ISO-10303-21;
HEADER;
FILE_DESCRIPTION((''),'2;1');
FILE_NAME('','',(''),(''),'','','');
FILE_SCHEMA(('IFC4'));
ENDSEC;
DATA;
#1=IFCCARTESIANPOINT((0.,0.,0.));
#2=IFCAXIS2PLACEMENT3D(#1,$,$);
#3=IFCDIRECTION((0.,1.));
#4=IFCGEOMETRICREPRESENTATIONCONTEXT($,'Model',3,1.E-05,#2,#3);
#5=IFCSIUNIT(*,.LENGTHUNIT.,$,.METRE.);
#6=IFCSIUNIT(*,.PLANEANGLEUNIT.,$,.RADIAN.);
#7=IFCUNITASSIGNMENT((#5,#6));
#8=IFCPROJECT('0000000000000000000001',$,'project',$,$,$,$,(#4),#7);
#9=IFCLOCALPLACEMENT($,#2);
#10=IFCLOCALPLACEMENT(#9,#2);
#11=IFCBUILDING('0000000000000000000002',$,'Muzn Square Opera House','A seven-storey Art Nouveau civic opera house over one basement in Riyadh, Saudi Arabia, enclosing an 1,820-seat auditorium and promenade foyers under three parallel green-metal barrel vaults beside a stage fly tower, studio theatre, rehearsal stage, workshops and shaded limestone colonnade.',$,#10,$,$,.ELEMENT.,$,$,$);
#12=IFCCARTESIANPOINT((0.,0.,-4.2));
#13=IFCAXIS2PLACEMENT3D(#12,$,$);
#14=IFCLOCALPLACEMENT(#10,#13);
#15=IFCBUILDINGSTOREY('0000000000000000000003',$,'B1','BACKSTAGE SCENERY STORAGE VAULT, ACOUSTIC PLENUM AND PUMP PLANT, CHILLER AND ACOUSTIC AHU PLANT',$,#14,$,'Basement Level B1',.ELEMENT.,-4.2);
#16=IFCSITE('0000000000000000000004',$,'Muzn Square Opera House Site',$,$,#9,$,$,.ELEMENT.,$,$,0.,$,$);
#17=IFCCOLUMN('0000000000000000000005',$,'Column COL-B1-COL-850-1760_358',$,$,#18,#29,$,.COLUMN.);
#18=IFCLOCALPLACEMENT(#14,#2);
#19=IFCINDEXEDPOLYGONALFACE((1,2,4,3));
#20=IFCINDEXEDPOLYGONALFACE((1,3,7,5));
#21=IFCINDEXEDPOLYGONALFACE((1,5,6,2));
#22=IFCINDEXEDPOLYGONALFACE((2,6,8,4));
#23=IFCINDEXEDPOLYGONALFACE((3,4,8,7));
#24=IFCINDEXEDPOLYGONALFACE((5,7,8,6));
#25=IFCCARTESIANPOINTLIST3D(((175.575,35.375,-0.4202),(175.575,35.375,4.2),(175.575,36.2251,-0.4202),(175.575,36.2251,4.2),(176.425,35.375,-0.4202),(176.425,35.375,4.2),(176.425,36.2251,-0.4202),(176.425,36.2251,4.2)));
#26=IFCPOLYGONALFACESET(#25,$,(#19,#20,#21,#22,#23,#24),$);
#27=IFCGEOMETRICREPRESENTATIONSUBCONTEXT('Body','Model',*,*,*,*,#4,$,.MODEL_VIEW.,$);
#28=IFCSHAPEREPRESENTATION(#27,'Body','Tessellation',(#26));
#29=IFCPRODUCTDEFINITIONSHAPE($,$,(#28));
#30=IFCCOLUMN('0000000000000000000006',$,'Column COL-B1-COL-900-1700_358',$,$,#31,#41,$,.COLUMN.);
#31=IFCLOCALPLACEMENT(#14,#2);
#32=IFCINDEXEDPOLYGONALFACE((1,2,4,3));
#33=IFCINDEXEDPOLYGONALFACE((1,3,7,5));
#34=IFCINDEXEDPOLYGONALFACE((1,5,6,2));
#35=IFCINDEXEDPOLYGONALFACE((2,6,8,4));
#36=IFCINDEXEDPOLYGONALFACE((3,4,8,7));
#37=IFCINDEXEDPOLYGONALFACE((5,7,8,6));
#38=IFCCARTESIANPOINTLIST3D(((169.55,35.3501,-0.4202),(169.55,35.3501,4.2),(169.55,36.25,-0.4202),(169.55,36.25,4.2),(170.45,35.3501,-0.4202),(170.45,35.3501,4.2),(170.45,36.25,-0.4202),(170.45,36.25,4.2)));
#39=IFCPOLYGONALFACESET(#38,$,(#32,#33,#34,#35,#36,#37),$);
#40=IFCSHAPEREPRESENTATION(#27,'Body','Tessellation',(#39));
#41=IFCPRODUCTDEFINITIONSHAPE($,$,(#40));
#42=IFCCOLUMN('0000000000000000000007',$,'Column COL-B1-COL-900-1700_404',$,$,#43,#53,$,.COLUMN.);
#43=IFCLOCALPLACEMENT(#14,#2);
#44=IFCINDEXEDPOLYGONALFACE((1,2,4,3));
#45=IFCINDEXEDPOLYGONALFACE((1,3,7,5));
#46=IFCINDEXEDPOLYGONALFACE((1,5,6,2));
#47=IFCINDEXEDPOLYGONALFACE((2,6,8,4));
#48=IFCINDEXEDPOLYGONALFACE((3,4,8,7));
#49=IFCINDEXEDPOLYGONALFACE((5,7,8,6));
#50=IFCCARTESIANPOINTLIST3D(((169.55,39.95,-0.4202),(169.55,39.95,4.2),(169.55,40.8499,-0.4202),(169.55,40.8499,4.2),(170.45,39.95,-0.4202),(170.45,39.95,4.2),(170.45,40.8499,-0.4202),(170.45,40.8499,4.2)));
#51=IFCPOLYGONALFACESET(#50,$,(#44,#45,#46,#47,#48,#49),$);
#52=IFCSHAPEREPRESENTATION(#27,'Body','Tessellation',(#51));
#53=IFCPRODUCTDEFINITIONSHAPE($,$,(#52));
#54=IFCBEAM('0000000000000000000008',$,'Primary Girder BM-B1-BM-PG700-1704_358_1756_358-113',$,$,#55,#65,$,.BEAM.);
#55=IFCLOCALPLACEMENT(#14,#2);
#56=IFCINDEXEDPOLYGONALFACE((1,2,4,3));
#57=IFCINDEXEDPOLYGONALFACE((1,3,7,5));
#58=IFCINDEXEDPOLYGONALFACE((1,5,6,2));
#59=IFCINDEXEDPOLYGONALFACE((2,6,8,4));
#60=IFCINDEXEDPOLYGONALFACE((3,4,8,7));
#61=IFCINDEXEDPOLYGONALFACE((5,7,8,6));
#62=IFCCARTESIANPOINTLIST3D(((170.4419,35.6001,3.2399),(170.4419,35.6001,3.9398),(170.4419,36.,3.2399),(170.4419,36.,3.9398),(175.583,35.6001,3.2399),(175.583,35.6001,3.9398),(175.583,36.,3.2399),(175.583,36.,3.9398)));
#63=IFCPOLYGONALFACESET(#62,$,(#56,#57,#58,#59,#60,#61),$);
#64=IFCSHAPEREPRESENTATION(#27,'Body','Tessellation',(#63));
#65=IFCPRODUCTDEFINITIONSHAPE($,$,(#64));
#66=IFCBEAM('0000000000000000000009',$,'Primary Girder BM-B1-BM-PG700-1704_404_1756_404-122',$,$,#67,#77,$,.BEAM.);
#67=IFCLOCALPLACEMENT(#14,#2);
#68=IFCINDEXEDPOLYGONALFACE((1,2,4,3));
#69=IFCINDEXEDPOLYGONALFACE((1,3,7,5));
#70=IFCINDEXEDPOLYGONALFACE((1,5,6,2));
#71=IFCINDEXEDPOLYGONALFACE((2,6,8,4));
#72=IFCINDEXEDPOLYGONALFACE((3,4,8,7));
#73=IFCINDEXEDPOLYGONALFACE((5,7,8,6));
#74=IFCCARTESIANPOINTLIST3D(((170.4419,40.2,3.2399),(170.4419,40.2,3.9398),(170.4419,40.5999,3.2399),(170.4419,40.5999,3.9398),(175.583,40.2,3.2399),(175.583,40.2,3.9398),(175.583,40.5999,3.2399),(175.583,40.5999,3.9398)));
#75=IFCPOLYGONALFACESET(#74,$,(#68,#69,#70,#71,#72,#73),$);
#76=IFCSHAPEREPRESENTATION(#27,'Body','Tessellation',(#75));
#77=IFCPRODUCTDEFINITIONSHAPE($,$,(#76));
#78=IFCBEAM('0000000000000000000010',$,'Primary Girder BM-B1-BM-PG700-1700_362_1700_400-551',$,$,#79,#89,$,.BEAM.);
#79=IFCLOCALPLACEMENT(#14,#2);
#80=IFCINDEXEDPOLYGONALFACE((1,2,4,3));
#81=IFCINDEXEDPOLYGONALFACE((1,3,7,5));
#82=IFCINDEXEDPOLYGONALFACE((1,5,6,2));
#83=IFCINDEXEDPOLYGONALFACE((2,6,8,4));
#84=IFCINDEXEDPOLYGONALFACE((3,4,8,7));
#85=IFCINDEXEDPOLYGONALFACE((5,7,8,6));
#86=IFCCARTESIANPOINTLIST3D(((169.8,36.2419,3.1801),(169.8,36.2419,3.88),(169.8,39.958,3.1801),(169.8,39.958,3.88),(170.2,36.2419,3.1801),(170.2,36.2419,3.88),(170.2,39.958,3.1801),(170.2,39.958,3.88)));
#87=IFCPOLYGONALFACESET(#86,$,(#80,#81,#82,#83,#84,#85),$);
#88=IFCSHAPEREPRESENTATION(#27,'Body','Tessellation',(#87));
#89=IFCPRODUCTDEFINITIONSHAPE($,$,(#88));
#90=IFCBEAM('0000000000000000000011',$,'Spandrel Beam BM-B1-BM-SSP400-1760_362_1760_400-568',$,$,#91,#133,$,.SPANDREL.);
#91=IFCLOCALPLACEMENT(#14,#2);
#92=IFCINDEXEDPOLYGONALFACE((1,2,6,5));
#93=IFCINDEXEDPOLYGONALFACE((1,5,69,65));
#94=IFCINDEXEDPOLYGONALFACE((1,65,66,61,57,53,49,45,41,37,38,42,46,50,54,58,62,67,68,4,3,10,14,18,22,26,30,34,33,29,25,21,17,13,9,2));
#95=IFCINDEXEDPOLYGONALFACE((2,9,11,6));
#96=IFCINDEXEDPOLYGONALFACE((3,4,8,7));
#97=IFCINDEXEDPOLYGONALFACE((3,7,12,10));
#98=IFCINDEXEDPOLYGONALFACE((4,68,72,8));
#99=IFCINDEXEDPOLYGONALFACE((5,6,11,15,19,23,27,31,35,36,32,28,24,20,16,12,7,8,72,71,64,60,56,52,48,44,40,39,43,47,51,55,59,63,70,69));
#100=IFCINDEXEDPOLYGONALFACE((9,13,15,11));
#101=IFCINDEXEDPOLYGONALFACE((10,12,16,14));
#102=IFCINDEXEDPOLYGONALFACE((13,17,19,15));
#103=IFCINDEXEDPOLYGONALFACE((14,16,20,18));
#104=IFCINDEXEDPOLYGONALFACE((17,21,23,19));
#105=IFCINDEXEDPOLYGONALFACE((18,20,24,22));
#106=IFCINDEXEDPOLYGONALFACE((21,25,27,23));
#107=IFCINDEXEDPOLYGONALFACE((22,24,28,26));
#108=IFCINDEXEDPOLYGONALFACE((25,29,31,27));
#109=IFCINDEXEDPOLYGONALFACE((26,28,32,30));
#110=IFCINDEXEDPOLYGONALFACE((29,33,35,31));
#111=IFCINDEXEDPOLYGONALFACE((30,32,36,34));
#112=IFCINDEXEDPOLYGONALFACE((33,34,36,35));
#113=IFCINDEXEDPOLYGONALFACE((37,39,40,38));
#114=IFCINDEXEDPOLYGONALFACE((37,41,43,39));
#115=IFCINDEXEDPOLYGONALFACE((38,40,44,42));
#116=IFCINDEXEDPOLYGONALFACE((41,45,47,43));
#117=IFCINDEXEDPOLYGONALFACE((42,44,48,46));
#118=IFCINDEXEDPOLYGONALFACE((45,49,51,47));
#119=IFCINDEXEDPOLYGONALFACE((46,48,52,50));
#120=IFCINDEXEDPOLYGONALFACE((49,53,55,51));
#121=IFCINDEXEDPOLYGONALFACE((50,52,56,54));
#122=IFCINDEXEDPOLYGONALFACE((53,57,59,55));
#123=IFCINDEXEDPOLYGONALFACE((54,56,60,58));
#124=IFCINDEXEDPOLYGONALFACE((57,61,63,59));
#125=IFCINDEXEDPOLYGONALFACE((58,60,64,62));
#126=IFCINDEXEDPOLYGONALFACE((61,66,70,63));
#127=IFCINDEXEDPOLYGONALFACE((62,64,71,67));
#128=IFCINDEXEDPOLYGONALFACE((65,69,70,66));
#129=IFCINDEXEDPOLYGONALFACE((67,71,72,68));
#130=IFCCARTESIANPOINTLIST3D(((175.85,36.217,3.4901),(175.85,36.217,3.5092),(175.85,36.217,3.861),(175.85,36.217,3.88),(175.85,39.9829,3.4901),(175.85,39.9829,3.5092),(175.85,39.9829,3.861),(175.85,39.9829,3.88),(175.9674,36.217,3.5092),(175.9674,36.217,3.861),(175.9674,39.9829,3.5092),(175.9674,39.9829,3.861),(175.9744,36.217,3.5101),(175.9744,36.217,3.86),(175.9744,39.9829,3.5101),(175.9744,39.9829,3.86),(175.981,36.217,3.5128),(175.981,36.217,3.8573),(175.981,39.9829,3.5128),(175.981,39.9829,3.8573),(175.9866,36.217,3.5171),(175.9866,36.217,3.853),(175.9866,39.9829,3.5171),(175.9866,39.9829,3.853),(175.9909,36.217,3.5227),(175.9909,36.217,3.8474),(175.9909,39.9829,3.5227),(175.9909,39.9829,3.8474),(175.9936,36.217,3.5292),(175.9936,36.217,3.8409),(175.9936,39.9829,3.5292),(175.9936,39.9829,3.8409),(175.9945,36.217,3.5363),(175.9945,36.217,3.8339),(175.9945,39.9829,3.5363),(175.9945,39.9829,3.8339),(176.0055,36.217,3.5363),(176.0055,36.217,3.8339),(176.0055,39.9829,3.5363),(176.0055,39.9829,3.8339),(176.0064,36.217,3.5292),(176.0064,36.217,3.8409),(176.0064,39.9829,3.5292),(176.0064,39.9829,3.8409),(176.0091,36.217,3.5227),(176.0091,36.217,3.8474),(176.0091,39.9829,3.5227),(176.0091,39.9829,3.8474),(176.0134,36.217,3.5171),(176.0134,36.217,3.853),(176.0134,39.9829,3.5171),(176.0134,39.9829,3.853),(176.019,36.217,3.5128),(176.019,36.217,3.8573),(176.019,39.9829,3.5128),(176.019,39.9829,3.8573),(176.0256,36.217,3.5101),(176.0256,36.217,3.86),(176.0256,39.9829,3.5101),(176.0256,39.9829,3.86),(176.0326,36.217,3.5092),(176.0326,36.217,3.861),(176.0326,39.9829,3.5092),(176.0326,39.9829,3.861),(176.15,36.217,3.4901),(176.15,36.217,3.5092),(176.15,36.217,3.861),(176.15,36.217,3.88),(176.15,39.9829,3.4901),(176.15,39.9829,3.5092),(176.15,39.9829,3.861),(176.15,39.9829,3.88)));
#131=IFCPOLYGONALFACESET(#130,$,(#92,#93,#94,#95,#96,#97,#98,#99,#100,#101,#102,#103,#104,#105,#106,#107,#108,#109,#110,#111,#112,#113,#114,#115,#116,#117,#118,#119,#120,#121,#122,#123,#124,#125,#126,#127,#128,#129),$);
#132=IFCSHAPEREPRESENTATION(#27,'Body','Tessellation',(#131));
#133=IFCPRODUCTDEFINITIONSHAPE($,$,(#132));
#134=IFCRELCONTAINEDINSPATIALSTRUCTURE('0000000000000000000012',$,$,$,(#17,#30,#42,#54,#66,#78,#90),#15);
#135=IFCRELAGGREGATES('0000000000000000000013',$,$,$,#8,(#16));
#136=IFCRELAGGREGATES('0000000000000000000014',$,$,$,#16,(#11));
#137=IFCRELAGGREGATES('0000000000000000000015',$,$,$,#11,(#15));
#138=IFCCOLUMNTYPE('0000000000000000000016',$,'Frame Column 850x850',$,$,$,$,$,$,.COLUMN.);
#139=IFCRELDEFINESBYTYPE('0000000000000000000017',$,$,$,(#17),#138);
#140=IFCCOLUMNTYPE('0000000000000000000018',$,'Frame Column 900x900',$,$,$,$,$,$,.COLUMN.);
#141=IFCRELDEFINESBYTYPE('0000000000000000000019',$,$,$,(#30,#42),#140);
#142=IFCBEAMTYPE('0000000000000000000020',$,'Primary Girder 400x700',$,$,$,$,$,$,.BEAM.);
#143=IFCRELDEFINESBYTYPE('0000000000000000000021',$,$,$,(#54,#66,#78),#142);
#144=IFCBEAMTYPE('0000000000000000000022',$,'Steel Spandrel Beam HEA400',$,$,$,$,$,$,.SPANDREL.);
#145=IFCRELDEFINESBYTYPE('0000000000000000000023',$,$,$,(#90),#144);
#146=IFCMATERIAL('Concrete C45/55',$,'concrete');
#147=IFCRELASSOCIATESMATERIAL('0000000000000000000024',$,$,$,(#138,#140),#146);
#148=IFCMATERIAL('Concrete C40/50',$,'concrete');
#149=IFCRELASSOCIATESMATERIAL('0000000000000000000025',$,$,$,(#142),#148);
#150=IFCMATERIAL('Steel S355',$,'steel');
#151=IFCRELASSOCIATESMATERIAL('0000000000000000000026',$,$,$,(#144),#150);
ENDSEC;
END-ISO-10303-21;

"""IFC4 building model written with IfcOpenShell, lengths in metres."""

from ifc_helpers import new_model, si_unit, direction, frame, origin, origin_2d, place, context, subcontext, project, spatial, rectangle, i_section, extrude, material, material_profile, profile_set, type_object, element, save


model = new_model("IFC4")

# Units and contexts
model_context = context("Model", 3, precision=1e-05, world=origin(), true_north=direction((0.0, 1.0)))
body_context = subcontext(model_context, "Body", "Model", "MODEL_VIEW")
ifc_project = project(units=[si_unit("LENGTHUNIT", "METRE"), si_unit("PLANEANGLEUNIT", "RADIAN")], contexts=[model_context])

# Site, building, storey
site_placement = place(None, origin())
site = spatial("IfcSite", under=ifc_project, at=site_placement, Name="Muzn Square Opera House Site", CompositionType="ELEMENT", RefElevation=0.0)
building_placement = place(site_placement, origin())
building = spatial("IfcBuilding", under=site, at=building_placement, Name="Muzn Square Opera House", Description="A seven-storey Art Nouveau civic opera house over one basement in Riyadh, Saudi Arabia, enclosing an 1,820-seat auditorium and promenade foyers under three parallel green-metal barrel vaults beside a stage fly tower, studio theatre, rehearsal stage, workshops and shaded limestone colonnade.", CompositionType="ELEMENT")
storey_placement = place(building_placement, frame((0.0, 0.0, -4.2)))
storey = spatial("IfcBuildingStorey", under=building, at=storey_placement, Name="B1", Description="BACKSTAGE SCENERY STORAGE VAULT, ACOUSTIC PLENUM AND PUMP PLANT, CHILLER AND ACOUSTIC AHU PLANT", LongName="Basement Level B1", CompositionType="ELEMENT", Elevation=-4.2)

# Shared definitions
ifc_material_1 = material(Name="Concrete C40/50", Category="concrete")

# Columns
ifc_material_2 = material(Name="Concrete C45/55", Category="concrete")
ifc_material_profile_1 = material_profile(ifc_material_2, rectangle(XDim=0.8501, YDim=0.8501, at=origin_2d()), Name="RC 850x850", Category="concrete")
ifc_profile_set_1 = profile_set([ifc_material_profile_1], Name="Concrete C45/55")
column_type_1 = type_object("IfcColumnType", Name="Frame Column 850x850", PredefinedType="COLUMN", material=ifc_profile_set_1)
column_placement = place(storey_placement, frame((176.0, 35.8, -0.4202), z_axis=(0.0, 0.0, 1.0), x_axis=(1.0, 0.0, 0.0)))
element("IfcColumn", 1, at=column_placement, inside=storey, type_object=column_type_1, Name="Column COL-B1-COL-850-1760_358", PredefinedType="COLUMN", context=body_context, shape_type="SweptSolid", body=[
    extrude(rectangle(XDim=0.8501, YDim=0.8501, at=origin_2d()), origin(), (0.0, 0.0, 1.0), 4.6201),
])
ifc_material_profile_2 = material_profile(ifc_material_2, rectangle(XDim=0.8999, YDim=0.8999, at=origin_2d()), Name="RC 900x900", Category="concrete")
ifc_profile_set_2 = profile_set([ifc_material_profile_2], Name="Concrete C45/55")
column_type_2 = type_object("IfcColumnType", Name="Frame Column 900x900", PredefinedType="COLUMN", material=ifc_profile_set_2)
for number, where, z_axis, x_axis, name in (
    (2, (170.0, 35.8, -0.4202), (0.0, 0.0, 1.0), (1.0, 0.0, 0.0), "Column COL-B1-COL-900-1700_358"),
    (3, (170.0, 40.3999, -0.4202), (0.0, 0.0, 1.0), (1.0, 0.0, 0.0), "Column COL-B1-COL-900-1700_404"),
):
    element("IfcColumn", number, at=place(storey_placement, frame(where, z_axis=z_axis, x_axis=x_axis)), inside=storey, type_object=column_type_2, Name=name, PredefinedType="COLUMN", context=body_context, shape_type="SweptSolid", body=[
        extrude(rectangle(XDim=0.8999, YDim=0.8999, at=origin_2d()), origin(), (0.0, 0.0, 1.0), 4.6201),
    ])

# Beams
ifc_material_profile_3 = material_profile(ifc_material_1, rectangle(XDim=0.3999, YDim=0.7, at=origin_2d()), Name="RCB 400x700", Category="concrete")
ifc_profile_set_3 = profile_set([ifc_material_profile_3], Name="Concrete C40/50")
beam_type_1 = type_object("IfcBeamType", Name="Primary Girder 400x700", PredefinedType="BEAM", material=ifc_profile_set_3)
for number, where, z_axis, x_axis, name in (
    (4, (170.4419, 35.8, 3.5898), (1.0, 0.0, 0.0), (0.0, 1.0, 0.0), "Primary Girder BM-B1-BM-PG700-1704_358_1756_358-113"),
    (5, (170.4419, 40.3999, 3.5898), (1.0, 0.0, 0.0), (0.0, 1.0, 0.0), "Primary Girder BM-B1-BM-PG700-1704_404_1756_404-122"),
):
    element("IfcBeam", number, at=place(storey_placement, frame(where, z_axis=z_axis, x_axis=x_axis)), inside=storey, type_object=beam_type_1, Name=name, PredefinedType="BEAM", context=body_context, shape_type="SweptSolid", body=[
        extrude(rectangle(XDim=0.3999, YDim=0.7, at=origin_2d()), origin(), (0.0, 0.0, 1.0), 5.1411),
    ])
beam_1_placement = place(storey_placement, frame((170.0, 36.2419, 3.53), z_axis=(0.0, 1.0, 0.0), x_axis=(-1.0, 0.0, 0.0)))
element("IfcBeam", 6, at=beam_1_placement, inside=storey, type_object=beam_type_1, Name="Primary Girder BM-B1-BM-PG700-1700_362_1700_400-551", PredefinedType="BEAM", context=body_context, shape_type="SweptSolid", body=[
    extrude(rectangle(XDim=0.3999, YDim=0.7, at=origin_2d()), origin(), (0.0, 0.0, 1.0), 3.7161),
])
ifc_material_3 = material(Name="Steel S355", Category="steel")
ifc_material_profile_4 = material_profile(ifc_material_3, i_section(OverallWidth=0.3, OverallDepth=0.3899, WebThickness=0.011, FlangeThickness=0.019, FilletRadius=0.0271, at=origin_2d()), Name="HEA 400", Category="steel")
ifc_profile_set_4 = profile_set([ifc_material_profile_4], Name="Steel S355")
beam_type_2 = type_object("IfcBeamType", Name="Steel Spandrel Beam HEA400", PredefinedType="SPANDREL", material=ifc_profile_set_4)
beam_2_placement = place(storey_placement, frame((176.0, 36.217, 3.6851), z_axis=(0.0, 1.0, 0.0), x_axis=(-1.0, 0.0, 0.0)))
element("IfcBeam", 7, at=beam_2_placement, inside=storey, type_object=beam_type_2, Name="Spandrel Beam BM-B1-BM-SSP400-1760_362_1760_400-568", PredefinedType="SPANDREL", context=body_context, shape_type="SweptSolid", body=[
    extrude(i_section(OverallWidth=0.3, OverallDepth=0.3899, WebThickness=0.011, FlangeThickness=0.019, FilletRadius=0.0271, at=origin_2d()), origin(), (0.0, 0.0, 1.0), 3.7659),
])

save(model, "model.ifc")
